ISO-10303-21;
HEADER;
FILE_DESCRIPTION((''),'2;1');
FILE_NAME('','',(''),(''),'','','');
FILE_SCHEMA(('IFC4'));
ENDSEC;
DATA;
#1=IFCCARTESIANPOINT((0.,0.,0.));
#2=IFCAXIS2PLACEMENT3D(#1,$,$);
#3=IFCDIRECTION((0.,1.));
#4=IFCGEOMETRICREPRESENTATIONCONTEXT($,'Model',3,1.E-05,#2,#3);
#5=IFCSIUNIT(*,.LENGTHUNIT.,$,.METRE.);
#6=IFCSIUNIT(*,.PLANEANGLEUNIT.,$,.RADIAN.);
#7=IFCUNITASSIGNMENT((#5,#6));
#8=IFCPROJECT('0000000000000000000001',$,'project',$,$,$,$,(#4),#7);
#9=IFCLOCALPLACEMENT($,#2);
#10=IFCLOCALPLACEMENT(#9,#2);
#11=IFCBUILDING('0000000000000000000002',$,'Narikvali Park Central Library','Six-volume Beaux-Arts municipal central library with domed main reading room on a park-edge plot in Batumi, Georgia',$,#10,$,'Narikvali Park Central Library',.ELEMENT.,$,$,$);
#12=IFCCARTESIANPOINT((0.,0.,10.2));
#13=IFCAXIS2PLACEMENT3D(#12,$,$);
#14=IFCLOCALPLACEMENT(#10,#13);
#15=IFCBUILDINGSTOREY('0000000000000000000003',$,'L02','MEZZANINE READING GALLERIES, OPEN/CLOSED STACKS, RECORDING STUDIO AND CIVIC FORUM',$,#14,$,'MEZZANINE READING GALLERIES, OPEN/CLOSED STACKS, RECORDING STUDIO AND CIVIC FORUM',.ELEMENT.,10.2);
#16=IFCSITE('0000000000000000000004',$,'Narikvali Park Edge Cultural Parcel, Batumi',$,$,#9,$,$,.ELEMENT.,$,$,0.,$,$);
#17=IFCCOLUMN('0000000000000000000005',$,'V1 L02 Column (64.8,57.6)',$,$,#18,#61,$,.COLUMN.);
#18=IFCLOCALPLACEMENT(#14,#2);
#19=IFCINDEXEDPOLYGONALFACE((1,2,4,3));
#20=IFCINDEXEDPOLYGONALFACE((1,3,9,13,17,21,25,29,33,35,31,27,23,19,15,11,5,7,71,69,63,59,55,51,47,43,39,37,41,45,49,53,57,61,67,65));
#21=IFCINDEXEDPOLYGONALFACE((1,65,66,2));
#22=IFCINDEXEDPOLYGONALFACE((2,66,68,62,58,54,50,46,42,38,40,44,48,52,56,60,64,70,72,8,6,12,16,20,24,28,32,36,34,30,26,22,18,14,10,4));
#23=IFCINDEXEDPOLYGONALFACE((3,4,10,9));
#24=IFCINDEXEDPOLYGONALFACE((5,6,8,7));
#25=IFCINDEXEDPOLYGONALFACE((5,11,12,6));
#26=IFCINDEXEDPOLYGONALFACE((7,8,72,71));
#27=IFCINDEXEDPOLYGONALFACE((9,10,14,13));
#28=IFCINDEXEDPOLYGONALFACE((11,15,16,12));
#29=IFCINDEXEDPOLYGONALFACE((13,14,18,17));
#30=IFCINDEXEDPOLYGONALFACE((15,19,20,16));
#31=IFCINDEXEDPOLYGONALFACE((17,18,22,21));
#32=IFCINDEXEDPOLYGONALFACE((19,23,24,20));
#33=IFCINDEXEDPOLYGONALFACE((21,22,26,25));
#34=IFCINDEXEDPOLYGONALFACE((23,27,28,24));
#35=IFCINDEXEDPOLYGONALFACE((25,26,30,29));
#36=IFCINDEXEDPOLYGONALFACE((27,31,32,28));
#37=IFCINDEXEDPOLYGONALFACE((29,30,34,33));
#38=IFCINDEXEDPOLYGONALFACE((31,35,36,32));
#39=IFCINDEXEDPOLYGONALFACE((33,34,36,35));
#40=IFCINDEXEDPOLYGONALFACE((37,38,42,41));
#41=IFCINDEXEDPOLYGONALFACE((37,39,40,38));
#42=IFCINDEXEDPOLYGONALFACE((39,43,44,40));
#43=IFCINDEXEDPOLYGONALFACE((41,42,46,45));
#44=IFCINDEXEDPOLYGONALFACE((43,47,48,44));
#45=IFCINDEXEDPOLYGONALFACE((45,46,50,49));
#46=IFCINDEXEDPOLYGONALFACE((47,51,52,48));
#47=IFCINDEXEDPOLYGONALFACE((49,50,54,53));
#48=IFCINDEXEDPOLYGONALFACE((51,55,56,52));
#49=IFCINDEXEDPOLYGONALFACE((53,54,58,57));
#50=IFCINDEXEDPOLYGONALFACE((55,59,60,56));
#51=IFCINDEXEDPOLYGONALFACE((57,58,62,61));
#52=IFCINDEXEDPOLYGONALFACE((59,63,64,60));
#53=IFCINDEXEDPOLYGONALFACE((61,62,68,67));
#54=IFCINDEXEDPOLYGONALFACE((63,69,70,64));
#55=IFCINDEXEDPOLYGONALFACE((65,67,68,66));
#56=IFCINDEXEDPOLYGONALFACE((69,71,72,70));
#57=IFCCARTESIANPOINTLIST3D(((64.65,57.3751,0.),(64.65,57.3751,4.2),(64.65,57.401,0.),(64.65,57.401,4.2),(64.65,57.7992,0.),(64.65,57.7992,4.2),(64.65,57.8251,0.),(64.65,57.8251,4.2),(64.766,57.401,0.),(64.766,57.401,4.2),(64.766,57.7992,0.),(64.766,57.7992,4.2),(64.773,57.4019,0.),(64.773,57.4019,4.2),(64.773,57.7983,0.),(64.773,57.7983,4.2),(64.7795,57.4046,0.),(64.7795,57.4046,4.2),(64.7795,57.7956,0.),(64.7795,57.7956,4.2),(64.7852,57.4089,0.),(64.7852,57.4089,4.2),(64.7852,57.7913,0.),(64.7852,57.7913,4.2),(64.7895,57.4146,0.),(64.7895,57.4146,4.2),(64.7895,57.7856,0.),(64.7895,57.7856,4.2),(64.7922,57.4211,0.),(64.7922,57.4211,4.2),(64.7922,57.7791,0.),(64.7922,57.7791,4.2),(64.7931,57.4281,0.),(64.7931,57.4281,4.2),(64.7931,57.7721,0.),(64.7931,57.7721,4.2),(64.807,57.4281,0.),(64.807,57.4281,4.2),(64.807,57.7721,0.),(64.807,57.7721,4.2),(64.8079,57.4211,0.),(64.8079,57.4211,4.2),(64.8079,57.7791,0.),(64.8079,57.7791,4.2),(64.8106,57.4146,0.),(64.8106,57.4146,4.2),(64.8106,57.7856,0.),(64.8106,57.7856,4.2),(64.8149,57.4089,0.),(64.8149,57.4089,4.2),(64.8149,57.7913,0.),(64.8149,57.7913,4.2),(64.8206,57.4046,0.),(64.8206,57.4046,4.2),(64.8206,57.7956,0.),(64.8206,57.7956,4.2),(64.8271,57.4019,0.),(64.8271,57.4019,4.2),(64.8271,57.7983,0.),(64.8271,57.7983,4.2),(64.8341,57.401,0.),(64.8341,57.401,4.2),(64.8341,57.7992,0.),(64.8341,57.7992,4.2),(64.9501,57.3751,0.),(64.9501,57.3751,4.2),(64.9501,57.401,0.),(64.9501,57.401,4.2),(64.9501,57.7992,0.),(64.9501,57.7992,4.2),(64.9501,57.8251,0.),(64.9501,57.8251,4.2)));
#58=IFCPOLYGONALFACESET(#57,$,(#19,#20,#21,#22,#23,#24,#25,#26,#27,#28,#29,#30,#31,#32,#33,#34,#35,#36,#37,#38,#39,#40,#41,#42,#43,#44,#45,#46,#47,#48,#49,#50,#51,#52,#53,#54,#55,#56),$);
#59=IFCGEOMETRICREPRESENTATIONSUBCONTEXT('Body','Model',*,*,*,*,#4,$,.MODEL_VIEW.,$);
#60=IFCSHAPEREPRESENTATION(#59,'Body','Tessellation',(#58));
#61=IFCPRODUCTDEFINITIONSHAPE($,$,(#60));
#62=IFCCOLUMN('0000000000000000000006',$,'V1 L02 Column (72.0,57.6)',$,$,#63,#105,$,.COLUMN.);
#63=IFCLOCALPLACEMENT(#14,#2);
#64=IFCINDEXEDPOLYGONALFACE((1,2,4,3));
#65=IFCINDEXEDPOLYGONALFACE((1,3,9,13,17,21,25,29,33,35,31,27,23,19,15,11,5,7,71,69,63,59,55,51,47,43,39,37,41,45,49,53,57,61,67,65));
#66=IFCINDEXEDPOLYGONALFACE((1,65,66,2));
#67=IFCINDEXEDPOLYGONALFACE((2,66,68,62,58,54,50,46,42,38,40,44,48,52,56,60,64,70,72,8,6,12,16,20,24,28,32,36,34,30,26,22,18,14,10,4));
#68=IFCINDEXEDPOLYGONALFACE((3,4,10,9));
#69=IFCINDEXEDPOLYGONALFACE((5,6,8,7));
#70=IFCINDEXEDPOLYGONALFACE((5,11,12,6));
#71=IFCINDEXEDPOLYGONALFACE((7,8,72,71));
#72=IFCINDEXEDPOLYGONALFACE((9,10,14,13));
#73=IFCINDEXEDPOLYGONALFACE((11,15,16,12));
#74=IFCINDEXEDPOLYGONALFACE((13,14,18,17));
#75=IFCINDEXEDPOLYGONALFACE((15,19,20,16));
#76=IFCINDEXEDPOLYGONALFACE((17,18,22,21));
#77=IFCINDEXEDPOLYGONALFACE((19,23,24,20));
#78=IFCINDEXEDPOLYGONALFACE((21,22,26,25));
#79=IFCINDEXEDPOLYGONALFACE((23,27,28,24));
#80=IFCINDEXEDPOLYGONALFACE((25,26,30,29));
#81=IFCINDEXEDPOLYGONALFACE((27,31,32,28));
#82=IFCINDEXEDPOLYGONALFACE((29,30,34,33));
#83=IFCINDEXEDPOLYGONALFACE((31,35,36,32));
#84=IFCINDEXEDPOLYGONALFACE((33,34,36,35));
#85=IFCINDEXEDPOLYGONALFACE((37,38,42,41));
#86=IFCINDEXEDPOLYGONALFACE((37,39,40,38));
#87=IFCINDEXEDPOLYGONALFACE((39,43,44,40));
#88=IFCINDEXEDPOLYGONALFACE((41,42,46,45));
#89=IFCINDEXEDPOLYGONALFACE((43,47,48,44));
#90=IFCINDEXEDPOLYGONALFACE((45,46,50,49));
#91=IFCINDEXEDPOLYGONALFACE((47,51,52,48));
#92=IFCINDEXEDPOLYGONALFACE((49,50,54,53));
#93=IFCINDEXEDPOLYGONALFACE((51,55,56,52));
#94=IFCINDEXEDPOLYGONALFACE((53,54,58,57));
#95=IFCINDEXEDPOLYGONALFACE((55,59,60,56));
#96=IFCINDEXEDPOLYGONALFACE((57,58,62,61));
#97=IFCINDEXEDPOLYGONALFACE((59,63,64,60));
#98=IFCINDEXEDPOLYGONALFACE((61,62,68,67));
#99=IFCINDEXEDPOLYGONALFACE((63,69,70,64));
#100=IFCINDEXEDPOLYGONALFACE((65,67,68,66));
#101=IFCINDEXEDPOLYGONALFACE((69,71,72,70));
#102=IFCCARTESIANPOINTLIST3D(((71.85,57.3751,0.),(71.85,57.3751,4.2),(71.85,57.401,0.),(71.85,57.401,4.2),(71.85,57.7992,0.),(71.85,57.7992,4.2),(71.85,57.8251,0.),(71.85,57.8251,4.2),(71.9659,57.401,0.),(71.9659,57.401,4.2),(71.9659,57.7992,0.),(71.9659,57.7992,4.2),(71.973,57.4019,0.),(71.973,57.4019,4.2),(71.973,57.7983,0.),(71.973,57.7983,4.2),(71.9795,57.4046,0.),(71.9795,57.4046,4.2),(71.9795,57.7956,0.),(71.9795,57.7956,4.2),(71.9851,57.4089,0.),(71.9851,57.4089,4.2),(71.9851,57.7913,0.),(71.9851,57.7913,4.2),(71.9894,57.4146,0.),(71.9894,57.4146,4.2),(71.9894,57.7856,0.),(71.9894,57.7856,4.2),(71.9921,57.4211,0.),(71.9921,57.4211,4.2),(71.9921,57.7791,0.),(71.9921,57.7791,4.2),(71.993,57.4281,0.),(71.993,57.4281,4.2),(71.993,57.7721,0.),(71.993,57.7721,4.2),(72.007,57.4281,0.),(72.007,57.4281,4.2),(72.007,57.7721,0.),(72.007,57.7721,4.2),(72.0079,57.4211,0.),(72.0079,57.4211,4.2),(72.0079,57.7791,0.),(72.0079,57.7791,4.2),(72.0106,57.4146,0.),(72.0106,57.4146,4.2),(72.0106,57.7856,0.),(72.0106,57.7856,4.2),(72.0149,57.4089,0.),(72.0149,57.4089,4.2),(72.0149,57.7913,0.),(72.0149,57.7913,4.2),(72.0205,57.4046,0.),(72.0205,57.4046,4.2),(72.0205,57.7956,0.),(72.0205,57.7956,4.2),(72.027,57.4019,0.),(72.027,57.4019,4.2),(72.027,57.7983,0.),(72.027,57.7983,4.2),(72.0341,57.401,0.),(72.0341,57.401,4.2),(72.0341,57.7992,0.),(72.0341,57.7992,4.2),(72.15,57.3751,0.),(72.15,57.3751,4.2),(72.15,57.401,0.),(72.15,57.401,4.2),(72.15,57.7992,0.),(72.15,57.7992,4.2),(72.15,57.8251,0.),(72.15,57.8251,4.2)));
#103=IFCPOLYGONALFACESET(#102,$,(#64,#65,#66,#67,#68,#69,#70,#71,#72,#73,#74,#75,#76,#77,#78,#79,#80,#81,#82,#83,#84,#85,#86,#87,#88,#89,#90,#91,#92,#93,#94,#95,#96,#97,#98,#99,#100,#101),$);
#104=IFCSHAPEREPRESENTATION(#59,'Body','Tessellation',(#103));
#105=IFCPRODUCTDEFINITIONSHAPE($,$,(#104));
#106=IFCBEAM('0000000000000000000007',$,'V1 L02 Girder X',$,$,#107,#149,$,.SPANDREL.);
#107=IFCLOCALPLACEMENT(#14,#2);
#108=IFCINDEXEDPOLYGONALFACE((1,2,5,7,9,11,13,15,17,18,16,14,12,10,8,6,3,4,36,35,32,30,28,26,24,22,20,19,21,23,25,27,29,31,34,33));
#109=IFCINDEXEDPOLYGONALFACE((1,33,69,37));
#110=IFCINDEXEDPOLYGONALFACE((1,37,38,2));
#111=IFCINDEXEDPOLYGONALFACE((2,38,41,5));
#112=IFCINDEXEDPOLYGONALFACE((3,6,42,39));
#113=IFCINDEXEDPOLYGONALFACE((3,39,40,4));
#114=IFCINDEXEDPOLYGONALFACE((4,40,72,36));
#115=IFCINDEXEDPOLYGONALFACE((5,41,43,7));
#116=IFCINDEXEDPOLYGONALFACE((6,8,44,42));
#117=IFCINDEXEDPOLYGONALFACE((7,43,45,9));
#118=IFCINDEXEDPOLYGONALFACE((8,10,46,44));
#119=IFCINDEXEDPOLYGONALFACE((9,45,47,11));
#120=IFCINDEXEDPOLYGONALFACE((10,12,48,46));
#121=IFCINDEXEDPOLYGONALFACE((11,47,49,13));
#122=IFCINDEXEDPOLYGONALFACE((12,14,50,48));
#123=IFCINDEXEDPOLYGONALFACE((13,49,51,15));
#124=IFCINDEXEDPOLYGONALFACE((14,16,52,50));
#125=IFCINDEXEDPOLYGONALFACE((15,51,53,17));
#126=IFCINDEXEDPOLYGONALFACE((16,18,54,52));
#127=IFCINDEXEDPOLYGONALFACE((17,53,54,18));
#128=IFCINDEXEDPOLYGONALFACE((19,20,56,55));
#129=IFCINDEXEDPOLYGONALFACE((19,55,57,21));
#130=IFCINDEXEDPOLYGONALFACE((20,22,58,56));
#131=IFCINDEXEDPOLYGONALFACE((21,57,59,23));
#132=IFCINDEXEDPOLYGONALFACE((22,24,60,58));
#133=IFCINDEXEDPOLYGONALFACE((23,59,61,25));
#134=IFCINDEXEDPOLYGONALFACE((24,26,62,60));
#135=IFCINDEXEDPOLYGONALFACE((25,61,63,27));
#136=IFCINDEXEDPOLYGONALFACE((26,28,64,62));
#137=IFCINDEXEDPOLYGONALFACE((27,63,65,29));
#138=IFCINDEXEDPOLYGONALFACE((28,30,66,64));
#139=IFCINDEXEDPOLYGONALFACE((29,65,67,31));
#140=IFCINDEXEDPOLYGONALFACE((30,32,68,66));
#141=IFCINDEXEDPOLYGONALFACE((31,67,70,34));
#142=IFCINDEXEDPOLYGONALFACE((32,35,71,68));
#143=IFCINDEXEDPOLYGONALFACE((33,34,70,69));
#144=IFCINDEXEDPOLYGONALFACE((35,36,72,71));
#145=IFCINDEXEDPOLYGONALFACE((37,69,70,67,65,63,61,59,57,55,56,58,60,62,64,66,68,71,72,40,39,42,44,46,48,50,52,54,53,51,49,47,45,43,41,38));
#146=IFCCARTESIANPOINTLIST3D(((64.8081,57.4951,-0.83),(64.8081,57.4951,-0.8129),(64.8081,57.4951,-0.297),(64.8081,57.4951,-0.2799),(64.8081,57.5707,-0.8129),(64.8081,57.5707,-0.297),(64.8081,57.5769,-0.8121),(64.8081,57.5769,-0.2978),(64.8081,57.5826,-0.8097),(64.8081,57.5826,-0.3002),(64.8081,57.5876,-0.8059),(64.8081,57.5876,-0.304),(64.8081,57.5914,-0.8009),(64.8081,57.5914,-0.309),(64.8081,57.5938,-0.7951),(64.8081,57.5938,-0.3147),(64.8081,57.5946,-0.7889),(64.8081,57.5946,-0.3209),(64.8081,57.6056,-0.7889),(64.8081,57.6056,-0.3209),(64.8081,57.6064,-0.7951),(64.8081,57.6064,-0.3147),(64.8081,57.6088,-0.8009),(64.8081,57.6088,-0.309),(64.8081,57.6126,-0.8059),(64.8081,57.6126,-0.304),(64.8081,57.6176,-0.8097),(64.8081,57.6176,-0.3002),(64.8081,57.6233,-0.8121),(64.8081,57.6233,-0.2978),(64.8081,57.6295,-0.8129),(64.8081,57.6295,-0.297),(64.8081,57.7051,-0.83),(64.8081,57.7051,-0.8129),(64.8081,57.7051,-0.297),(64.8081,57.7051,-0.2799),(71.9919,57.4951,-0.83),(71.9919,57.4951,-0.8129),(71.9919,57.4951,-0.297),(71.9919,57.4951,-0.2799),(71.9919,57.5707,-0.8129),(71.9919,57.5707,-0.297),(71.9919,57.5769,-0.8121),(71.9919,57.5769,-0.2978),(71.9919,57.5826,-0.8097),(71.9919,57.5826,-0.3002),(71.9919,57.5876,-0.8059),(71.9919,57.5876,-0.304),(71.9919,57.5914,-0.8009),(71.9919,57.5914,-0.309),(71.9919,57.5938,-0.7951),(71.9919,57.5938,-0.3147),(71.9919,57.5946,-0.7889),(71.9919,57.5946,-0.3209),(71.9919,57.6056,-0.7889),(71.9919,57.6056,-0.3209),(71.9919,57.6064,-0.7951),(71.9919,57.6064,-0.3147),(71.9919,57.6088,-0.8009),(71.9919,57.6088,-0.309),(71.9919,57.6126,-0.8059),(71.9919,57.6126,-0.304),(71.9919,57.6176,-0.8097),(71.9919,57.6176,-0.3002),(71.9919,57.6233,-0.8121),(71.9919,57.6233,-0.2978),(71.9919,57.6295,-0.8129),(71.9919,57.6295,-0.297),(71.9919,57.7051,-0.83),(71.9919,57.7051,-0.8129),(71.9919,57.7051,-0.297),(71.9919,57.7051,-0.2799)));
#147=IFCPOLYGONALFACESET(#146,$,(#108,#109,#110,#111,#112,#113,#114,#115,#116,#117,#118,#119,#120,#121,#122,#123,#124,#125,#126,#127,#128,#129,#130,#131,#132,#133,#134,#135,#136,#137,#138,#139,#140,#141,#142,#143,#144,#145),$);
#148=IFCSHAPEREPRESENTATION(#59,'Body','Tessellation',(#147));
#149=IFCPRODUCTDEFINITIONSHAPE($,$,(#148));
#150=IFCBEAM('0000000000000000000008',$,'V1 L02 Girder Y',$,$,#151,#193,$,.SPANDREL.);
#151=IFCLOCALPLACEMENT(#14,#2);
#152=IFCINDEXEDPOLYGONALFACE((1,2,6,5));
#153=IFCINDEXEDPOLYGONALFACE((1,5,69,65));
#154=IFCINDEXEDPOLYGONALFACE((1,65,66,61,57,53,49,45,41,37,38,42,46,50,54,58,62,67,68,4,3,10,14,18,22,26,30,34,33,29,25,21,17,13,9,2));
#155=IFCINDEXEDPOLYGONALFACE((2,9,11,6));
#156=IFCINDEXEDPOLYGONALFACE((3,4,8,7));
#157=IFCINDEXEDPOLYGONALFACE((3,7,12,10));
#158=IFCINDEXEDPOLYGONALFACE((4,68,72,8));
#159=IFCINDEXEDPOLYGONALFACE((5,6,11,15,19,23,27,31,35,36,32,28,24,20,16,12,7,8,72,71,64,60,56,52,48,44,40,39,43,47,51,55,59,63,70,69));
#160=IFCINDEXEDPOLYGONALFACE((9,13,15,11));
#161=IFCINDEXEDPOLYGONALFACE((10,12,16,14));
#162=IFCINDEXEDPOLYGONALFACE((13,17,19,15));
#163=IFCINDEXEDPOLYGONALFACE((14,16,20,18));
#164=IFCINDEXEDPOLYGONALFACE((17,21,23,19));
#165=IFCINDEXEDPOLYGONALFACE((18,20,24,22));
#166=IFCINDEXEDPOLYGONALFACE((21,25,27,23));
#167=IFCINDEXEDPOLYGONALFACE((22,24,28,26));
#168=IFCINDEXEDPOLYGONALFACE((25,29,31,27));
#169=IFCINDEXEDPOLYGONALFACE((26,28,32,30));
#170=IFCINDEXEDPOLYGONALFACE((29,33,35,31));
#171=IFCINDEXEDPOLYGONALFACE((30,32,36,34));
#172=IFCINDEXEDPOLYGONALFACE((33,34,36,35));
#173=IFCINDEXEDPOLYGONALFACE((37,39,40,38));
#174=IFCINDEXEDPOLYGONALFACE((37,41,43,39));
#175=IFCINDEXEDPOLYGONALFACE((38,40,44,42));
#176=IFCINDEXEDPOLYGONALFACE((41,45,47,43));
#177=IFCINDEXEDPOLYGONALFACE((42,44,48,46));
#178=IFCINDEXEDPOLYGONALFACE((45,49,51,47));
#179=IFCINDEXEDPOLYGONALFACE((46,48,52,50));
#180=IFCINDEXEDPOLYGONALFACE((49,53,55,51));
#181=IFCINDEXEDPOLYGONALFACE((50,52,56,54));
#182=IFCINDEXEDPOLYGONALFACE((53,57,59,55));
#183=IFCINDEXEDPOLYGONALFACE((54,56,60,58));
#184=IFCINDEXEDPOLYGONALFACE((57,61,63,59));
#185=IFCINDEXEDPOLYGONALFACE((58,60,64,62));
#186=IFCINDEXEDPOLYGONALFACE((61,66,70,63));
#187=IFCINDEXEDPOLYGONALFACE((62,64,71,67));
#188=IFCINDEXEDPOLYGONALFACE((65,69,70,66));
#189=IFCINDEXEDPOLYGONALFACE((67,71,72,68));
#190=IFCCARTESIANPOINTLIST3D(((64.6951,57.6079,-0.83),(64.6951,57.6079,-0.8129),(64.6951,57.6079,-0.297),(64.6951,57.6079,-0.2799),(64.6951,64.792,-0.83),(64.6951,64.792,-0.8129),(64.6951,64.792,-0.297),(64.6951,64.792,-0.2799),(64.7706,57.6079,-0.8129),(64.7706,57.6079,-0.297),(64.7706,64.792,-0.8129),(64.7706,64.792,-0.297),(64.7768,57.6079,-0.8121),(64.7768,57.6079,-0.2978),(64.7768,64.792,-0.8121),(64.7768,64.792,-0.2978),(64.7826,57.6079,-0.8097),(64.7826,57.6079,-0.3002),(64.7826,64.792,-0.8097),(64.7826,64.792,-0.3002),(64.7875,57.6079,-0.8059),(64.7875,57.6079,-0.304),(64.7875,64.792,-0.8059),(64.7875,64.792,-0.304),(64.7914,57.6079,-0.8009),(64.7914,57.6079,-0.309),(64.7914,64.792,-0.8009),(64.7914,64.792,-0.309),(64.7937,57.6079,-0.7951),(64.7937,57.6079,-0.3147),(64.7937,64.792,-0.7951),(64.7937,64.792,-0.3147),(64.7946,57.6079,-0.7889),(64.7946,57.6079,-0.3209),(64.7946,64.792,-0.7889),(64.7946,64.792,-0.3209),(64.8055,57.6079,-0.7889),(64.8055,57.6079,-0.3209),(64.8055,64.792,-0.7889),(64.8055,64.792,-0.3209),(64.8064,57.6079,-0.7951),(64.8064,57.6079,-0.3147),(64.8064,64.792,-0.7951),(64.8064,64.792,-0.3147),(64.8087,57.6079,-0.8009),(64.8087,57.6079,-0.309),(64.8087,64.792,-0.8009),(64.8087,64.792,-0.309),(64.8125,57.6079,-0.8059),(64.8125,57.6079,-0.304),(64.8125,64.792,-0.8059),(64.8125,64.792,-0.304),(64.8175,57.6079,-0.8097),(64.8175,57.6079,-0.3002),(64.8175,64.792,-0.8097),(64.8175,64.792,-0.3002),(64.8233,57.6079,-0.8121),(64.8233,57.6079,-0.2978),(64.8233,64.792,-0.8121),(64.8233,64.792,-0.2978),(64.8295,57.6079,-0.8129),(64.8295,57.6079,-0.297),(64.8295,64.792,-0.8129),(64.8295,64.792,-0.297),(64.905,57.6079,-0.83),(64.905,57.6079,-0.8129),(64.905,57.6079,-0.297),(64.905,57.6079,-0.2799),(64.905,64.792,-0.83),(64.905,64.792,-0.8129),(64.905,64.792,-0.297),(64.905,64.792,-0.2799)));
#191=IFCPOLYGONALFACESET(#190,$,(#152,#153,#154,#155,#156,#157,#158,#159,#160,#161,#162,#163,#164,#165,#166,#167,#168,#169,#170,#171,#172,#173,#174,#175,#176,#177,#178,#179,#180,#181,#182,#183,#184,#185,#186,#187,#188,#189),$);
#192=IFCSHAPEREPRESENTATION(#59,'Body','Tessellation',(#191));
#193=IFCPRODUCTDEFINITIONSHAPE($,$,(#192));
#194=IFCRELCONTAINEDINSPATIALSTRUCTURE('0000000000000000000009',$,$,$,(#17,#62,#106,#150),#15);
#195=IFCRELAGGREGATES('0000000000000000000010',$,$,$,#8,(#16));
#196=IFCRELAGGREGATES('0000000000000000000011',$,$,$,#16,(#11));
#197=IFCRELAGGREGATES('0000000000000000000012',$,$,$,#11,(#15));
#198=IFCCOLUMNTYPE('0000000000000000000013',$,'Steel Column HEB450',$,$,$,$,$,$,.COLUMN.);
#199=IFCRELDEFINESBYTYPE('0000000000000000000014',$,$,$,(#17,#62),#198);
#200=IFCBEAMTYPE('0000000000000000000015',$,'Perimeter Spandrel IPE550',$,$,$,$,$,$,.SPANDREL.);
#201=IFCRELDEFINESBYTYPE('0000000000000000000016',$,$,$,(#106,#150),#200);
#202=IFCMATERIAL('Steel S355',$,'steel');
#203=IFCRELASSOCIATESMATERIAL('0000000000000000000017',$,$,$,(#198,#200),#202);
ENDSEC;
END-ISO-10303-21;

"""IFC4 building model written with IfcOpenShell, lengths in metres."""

from ifc_helpers import new_model, si_unit, direction, frame, origin, origin_2d, place, context, subcontext, project, spatial, i_section, extrude, material, material_profile, profile_set, type_object, element, save


model = new_model("IFC4")

# Units and contexts
model_context = context("Model", 3, precision=1e-05, world=origin(), true_north=direction((0.0, 1.0)))
body_context = subcontext(model_context, "Body", "Model", "MODEL_VIEW")
ifc_project = project(units=[si_unit("LENGTHUNIT", "METRE"), si_unit("PLANEANGLEUNIT", "RADIAN")], contexts=[model_context])

# Site, building, storey
site_placement = place(None, origin())
site = spatial("IfcSite", under=ifc_project, at=site_placement, Name="Narikvali Park Edge Cultural Parcel, Batumi", CompositionType="ELEMENT", RefElevation=0.0)
building_placement = place(site_placement, origin())
building = spatial("IfcBuilding", under=site, at=building_placement, Name="Narikvali Park Central Library", Description="Six-volume Beaux-Arts municipal central library with domed main reading room on a park-edge plot in Batumi, Georgia", LongName="Narikvali Park Central Library", CompositionType="ELEMENT")
storey_placement = place(building_placement, frame((0.0, 0.0, 10.2)))
storey = spatial("IfcBuildingStorey", under=building, at=storey_placement, Name="L02", Description="MEZZANINE READING GALLERIES, OPEN/CLOSED STACKS, RECORDING STUDIO AND CIVIC FORUM", LongName="MEZZANINE READING GALLERIES, OPEN/CLOSED STACKS, RECORDING STUDIO AND CIVIC FORUM", CompositionType="ELEMENT", Elevation=10.2)

# Columns
ifc_material_1 = material(Name="Steel S355", Category="steel")
ifc_material_profile_1 = material_profile(ifc_material_1, i_section(OverallWidth=0.3, OverallDepth=0.45, WebThickness=0.0139, FlangeThickness=0.0259, FilletRadius=0.0271, at=origin_2d()), Name="HEB 450")
ifc_profile_set_1 = profile_set([ifc_material_profile_1], Name="Steel S355")
column_type = type_object("IfcColumnType", Name="Steel Column HEB450", PredefinedType="COLUMN", material=ifc_profile_set_1)
for number, where, z_axis, x_axis, name in (
    (1, (64.8, 57.6001, 0.0), (0.0, 0.0, 1.0), (1.0, 0.0, 0.0), "V1 L02 Column (64.8,57.6)"),
    (2, (72.0, 57.6001, 0.0), (0.0, 0.0, 1.0), (1.0, 0.0, 0.0), "V1 L02 Column (72.0,57.6)"),
):
    element("IfcColumn", number, at=place(storey_placement, frame(where, z_axis=z_axis, x_axis=x_axis)), inside=storey, type_object=column_type, Name=name, PredefinedType="COLUMN", context=body_context, shape_type="SweptSolid", body=[
        extrude(i_section(OverallWidth=0.3, OverallDepth=0.45, WebThickness=0.0139, FlangeThickness=0.0259, FilletRadius=0.0271, at=origin_2d()), origin(), (0.0, 0.0, 1.0), 4.2),
    ])

# Beams
ifc_material_profile_2 = material_profile(ifc_material_1, i_section(OverallWidth=0.21, OverallDepth=0.55, WebThickness=0.011, FlangeThickness=0.0171, FilletRadius=0.0239, at=origin_2d()), Name="IPE 550")
ifc_profile_set_2 = profile_set([ifc_material_profile_2], Name="Steel S355")
beam_type_1 = type_object("IfcBeamType", Name="Perimeter Spandrel IPE550", PredefinedType="SPANDREL", material=ifc_profile_set_2)
beam_1_placement = place(storey_placement, frame((64.8081, 57.6001, -0.5549), z_axis=(1.0, 0.0, 0.0), x_axis=(0.0, 1.0, 0.0)))
element("IfcBeam", 3, at=beam_1_placement, inside=storey, type_object=beam_type_1, Name="V1 L02 Girder X", PredefinedType="SPANDREL", context=body_context, shape_type="SweptSolid", body=[
    extrude(i_section(OverallWidth=0.21, OverallDepth=0.55, WebThickness=0.011, FlangeThickness=0.0171, FilletRadius=0.0239, at=origin_2d()), origin(), (0.0, 0.0, 1.0), 7.1838),
])
beam_2_placement = place(storey_placement, frame((64.8, 57.6079, -0.5549), z_axis=(0.0, 1.0, 0.0), x_axis=(-1.0, 0.0, 0.0)))
element("IfcBeam", 4, at=beam_2_placement, inside=storey, type_object=beam_type_1, Name="V1 L02 Girder Y", PredefinedType="SPANDREL", context=body_context, shape_type="SweptSolid", body=[
    extrude(i_section(OverallWidth=0.21, OverallDepth=0.55, WebThickness=0.011, FlangeThickness=0.0171, FilletRadius=0.0239, at=origin_2d()), origin(), (0.0, 0.0, 1.0), 7.1841),
])

save(model, "model.ifc")
